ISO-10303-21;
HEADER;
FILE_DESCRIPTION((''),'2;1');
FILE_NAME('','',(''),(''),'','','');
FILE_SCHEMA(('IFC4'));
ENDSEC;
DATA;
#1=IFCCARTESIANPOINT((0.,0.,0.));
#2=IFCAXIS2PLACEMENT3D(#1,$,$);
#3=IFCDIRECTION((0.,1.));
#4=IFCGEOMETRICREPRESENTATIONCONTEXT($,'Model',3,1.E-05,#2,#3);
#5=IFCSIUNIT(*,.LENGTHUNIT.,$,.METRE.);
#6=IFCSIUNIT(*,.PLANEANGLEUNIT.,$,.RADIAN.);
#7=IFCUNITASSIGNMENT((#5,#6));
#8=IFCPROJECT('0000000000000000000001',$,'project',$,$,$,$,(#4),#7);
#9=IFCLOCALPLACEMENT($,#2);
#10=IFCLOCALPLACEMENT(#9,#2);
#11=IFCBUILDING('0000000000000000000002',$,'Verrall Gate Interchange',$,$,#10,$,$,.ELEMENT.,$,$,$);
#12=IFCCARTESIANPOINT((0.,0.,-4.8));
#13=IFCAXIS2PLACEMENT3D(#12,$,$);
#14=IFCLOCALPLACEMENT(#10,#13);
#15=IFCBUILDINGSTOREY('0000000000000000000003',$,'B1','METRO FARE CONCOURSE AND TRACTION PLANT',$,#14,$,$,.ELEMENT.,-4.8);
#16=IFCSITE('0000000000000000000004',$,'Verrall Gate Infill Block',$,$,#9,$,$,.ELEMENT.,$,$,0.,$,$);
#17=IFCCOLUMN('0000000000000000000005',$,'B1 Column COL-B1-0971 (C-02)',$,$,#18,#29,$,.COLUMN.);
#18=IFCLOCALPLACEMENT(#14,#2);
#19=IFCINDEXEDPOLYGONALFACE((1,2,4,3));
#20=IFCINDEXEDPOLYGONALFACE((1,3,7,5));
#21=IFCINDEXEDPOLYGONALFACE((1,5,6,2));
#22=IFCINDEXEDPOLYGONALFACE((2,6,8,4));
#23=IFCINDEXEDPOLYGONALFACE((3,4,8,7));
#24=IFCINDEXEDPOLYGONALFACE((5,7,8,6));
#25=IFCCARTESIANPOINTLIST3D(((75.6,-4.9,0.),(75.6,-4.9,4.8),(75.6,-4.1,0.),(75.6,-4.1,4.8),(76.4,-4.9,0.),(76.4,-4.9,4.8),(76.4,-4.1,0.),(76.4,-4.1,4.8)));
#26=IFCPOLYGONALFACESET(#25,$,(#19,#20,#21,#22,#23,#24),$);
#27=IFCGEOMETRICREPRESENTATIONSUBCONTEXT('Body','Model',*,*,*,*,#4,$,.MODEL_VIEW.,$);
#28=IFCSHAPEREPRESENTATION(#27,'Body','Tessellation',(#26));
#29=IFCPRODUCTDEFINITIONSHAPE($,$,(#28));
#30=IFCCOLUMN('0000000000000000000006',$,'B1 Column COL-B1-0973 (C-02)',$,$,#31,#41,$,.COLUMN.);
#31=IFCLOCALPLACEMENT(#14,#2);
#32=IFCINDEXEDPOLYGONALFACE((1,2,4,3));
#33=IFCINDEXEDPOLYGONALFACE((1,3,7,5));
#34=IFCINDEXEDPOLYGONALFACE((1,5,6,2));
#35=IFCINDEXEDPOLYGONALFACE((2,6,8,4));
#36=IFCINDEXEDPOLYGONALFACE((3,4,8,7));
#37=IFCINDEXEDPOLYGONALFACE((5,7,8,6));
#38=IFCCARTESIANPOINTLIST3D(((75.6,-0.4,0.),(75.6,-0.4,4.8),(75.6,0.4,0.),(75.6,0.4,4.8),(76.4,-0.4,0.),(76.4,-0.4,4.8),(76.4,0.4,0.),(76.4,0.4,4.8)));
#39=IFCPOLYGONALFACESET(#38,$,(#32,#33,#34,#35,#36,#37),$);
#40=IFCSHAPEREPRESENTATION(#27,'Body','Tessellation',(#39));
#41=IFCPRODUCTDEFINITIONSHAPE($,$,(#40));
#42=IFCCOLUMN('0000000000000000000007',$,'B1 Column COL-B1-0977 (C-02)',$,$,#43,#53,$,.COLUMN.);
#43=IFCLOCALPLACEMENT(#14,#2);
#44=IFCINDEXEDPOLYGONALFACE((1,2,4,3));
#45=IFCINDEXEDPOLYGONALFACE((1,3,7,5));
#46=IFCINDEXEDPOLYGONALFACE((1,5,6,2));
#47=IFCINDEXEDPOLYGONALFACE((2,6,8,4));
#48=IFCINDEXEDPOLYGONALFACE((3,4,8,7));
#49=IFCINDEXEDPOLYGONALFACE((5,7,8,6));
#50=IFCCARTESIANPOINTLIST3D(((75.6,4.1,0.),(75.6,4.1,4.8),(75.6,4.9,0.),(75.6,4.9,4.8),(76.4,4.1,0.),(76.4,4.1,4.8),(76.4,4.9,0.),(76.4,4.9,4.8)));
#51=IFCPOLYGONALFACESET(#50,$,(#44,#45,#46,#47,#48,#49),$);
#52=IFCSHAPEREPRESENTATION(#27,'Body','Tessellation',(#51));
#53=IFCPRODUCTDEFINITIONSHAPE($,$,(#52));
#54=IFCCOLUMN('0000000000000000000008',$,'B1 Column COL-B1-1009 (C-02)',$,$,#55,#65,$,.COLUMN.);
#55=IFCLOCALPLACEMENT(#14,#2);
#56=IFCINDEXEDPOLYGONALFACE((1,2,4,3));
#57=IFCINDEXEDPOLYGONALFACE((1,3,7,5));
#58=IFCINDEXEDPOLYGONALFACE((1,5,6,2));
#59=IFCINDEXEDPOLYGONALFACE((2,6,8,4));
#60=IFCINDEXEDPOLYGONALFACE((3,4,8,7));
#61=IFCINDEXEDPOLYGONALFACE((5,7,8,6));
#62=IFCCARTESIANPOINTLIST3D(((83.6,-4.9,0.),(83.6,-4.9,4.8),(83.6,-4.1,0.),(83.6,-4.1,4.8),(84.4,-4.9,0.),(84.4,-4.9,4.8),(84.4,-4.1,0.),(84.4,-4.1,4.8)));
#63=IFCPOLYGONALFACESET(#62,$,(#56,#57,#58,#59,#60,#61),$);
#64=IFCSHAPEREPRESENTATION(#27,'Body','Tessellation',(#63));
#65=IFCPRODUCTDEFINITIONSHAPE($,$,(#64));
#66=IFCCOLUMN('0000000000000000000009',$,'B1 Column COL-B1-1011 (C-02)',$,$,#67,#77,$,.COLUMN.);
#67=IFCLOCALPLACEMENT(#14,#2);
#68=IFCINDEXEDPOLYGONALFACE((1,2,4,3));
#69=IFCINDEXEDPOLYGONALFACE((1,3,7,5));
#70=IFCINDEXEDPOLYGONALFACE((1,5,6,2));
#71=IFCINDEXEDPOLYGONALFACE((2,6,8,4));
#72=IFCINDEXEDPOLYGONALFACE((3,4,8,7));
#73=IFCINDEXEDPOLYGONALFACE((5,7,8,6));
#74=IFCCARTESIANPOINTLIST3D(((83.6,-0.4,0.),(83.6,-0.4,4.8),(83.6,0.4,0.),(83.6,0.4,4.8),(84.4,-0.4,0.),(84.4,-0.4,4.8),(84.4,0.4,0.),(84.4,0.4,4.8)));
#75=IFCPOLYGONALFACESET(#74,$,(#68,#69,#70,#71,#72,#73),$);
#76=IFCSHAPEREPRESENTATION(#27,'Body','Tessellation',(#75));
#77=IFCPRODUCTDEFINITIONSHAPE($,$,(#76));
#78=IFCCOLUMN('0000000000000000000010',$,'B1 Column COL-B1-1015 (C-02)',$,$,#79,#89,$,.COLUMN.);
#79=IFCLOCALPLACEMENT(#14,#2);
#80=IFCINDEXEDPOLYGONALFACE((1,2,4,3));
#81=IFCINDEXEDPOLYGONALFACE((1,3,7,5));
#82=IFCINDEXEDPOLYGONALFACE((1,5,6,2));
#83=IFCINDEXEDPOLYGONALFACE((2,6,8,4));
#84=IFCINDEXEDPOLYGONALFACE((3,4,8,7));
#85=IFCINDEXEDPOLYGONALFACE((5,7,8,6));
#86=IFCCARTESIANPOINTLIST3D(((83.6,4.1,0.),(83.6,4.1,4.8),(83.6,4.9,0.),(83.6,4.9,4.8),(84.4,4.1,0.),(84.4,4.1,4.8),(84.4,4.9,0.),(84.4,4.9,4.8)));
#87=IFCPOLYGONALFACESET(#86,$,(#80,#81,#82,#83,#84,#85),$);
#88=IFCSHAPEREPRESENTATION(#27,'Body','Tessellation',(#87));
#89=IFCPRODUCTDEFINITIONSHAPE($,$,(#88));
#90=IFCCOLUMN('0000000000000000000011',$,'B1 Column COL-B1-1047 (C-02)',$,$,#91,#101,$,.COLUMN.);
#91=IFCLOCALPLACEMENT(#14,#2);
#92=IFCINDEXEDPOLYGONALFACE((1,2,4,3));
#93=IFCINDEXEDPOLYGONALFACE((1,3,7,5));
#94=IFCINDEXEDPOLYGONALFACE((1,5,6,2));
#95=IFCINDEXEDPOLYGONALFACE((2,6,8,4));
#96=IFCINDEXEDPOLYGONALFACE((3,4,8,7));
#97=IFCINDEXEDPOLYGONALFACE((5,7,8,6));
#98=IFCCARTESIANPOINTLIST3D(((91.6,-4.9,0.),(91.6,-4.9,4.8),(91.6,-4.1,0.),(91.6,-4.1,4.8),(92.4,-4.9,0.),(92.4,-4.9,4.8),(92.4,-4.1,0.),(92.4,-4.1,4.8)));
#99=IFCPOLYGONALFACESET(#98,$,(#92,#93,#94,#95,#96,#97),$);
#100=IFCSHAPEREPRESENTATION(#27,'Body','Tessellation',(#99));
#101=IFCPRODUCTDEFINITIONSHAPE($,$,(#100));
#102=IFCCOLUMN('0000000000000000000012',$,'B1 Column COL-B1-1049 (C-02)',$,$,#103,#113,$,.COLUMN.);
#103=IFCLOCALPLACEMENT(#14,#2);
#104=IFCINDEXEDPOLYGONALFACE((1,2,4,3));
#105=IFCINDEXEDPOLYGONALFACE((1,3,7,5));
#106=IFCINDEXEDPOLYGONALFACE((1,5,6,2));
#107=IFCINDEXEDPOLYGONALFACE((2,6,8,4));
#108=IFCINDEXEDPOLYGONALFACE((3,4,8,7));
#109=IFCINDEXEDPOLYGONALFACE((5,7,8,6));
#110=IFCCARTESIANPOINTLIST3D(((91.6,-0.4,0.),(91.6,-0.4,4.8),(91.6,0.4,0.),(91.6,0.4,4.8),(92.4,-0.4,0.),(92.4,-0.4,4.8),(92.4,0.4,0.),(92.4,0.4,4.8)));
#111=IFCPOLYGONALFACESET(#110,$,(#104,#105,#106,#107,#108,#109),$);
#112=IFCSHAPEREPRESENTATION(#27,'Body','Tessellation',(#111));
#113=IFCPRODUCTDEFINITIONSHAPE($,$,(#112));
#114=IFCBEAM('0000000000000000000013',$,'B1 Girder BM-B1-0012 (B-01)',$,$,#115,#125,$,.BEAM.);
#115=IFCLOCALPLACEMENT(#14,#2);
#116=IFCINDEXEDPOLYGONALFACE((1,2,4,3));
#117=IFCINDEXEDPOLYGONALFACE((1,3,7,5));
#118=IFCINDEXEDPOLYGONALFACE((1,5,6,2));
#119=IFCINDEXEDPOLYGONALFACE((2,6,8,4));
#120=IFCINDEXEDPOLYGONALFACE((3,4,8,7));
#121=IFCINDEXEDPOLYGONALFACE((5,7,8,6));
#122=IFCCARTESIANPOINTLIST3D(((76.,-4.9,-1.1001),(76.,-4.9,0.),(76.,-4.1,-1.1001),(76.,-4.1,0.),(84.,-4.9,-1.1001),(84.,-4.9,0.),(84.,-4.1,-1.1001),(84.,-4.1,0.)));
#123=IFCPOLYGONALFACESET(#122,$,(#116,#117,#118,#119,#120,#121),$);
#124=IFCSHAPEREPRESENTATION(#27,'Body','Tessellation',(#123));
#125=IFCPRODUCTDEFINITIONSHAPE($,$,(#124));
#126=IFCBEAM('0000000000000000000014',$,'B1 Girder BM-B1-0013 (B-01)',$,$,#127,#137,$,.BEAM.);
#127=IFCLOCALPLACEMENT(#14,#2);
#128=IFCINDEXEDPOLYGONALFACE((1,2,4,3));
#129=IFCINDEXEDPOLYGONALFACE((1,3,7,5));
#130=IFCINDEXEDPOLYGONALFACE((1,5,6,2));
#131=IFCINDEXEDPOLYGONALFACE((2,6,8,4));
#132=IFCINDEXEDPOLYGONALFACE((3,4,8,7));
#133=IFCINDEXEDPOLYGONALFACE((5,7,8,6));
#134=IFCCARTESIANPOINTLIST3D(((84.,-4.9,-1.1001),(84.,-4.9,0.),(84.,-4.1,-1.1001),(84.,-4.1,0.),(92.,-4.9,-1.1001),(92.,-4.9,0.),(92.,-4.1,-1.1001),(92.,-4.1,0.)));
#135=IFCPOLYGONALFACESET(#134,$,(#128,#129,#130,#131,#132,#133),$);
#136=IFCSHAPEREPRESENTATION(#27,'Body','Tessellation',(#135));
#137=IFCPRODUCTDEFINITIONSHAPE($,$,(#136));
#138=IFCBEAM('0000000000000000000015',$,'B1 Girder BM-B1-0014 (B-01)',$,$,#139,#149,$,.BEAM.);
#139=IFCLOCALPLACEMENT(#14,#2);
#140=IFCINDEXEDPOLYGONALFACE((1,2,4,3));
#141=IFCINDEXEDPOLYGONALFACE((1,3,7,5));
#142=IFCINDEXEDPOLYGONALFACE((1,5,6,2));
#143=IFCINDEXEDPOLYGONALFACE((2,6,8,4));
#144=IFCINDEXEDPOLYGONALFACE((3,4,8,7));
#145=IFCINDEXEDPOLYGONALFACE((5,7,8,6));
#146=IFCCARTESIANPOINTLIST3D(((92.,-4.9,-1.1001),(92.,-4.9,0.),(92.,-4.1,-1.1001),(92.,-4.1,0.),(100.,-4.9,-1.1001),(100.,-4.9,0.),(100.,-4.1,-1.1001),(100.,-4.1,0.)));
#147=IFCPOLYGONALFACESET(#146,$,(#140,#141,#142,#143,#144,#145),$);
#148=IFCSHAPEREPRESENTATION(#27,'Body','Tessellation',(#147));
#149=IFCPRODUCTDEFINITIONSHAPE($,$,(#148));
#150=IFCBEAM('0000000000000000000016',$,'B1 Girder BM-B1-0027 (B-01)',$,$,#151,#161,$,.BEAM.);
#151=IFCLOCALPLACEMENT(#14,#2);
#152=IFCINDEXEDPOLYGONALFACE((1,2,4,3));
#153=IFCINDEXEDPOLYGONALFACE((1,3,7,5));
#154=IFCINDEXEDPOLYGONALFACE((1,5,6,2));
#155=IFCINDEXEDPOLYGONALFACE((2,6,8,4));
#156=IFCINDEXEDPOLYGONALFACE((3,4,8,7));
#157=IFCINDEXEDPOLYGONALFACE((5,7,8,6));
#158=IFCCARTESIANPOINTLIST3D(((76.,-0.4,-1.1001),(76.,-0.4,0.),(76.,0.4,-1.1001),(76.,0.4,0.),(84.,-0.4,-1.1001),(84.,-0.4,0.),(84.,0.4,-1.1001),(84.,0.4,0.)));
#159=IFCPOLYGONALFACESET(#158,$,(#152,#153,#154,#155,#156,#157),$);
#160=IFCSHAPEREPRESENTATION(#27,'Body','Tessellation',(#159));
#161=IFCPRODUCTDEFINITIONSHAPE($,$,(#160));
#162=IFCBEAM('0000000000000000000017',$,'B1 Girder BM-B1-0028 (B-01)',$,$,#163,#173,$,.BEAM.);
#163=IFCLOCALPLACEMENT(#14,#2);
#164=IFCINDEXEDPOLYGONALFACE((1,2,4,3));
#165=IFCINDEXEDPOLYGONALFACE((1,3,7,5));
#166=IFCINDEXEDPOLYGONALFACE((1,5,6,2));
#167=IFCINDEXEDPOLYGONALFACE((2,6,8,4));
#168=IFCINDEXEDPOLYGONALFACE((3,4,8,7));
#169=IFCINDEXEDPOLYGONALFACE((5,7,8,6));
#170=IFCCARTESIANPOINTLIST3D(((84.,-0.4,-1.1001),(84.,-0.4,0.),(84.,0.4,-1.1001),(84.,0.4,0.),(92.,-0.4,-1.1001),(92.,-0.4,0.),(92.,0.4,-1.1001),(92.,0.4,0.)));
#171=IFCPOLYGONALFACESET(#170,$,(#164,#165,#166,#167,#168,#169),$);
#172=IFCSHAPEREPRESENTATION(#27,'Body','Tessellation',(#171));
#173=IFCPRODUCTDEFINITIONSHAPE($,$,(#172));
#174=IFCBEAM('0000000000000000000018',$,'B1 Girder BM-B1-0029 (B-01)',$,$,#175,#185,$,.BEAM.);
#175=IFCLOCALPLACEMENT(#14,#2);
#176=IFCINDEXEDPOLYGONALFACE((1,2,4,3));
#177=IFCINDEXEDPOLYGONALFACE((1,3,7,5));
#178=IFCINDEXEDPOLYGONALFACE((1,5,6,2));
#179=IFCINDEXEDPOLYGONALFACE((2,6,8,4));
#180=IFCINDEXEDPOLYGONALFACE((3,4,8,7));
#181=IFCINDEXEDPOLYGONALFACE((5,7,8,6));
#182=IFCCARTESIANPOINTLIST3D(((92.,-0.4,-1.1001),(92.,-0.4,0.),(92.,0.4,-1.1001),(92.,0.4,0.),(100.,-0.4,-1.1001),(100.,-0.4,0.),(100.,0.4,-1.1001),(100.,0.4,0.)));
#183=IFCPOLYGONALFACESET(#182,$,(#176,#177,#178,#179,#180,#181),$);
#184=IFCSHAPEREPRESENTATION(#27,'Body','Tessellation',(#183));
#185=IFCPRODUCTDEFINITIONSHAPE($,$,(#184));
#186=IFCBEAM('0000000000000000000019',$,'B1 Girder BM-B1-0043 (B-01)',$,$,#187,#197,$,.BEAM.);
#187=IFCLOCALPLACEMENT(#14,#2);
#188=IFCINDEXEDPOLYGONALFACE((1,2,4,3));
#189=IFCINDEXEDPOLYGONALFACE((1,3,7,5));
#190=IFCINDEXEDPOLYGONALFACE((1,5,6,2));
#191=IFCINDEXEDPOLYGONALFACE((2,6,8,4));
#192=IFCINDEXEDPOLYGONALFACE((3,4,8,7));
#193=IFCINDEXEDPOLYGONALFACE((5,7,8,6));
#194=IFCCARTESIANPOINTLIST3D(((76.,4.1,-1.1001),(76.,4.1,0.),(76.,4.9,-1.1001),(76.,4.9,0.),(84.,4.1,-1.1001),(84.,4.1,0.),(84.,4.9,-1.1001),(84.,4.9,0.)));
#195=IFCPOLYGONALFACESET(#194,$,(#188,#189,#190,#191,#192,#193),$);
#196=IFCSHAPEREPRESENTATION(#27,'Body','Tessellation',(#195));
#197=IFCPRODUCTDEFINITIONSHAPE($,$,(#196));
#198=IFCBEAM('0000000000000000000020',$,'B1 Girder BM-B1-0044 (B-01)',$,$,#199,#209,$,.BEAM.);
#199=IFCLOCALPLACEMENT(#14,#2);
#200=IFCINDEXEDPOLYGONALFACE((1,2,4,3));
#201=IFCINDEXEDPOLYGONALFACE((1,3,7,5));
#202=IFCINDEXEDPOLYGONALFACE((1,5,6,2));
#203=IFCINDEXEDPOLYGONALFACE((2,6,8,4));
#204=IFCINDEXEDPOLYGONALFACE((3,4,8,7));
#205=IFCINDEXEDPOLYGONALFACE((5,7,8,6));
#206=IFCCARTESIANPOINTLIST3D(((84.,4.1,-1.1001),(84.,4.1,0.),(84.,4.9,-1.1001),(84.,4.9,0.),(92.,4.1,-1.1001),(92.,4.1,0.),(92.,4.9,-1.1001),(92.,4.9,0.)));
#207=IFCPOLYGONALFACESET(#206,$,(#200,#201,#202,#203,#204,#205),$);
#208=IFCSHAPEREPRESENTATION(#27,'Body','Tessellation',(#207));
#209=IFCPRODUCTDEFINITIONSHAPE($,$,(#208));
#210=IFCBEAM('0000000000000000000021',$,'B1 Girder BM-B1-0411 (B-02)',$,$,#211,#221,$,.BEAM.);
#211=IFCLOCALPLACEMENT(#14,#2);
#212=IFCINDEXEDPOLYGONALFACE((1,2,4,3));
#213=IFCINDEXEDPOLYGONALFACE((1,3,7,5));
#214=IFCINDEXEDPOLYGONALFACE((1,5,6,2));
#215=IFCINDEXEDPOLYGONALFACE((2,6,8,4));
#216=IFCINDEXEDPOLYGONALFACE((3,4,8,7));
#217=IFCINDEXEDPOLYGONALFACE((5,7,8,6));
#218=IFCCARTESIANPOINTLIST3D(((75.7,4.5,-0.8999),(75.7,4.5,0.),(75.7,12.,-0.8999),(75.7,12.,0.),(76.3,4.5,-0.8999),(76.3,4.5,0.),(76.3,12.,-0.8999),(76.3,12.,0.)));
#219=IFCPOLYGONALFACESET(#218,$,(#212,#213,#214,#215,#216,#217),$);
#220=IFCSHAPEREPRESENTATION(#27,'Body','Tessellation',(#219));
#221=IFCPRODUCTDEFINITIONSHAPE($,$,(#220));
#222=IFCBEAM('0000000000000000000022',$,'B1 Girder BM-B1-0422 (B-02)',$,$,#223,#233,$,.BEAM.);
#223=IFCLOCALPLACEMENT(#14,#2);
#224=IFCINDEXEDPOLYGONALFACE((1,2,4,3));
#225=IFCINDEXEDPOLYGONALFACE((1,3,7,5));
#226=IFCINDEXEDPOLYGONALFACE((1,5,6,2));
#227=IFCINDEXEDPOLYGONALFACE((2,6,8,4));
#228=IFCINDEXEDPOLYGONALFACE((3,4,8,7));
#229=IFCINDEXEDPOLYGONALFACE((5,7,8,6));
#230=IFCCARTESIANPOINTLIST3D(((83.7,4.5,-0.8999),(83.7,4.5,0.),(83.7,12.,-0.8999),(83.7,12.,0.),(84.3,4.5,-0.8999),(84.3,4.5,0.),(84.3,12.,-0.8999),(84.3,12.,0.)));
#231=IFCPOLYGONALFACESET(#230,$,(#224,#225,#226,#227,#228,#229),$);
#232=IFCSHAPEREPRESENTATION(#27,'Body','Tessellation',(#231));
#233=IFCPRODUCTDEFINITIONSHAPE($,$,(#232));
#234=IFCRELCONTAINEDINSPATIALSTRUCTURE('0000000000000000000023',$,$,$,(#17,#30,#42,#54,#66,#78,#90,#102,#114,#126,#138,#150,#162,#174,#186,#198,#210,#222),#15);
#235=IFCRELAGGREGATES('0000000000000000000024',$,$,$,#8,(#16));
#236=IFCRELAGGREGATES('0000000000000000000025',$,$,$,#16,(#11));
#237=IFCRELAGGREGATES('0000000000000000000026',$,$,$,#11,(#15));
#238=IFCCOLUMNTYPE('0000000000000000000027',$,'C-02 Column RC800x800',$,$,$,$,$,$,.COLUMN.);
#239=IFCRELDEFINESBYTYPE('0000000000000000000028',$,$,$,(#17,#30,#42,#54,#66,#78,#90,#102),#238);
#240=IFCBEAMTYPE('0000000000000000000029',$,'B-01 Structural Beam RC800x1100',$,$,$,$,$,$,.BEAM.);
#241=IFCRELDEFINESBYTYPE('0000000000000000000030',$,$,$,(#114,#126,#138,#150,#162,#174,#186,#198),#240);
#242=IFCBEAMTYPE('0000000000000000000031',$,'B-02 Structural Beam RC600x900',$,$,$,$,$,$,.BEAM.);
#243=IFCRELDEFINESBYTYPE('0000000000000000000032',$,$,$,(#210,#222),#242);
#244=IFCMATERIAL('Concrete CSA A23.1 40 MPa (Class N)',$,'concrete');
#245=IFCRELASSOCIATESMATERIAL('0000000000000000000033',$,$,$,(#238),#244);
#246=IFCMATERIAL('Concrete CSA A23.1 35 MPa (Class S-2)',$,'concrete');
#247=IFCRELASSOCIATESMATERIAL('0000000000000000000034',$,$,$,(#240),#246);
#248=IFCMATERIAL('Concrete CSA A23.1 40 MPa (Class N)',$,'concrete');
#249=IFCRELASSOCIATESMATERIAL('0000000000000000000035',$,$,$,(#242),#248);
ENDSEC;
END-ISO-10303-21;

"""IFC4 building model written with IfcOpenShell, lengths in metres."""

from ifc_helpers import new_model, si_unit, direction, frame, origin, origin_2d, place, context, subcontext, project, spatial, rectangle, extrude, material, material_profile, profile_set, type_object, element, save


model = new_model("IFC4")

# Units and contexts
model_context = context("Model", 3, precision=1e-05, world=origin(), true_north=direction((0.0, 1.0)))
body_context = subcontext(model_context, "Body", "Model", "MODEL_VIEW")
ifc_project = project(units=[si_unit("LENGTHUNIT", "METRE"), si_unit("PLANEANGLEUNIT", "RADIAN")], contexts=[model_context])

# Site, building, storey
site_placement = place(None, origin())
site = spatial("IfcSite", under=ifc_project, at=site_placement, Name="Verrall Gate Infill Block", CompositionType="ELEMENT", RefElevation=0.0)
building_placement = place(site_placement, origin())
building = spatial("IfcBuilding", under=site, at=building_placement, Name="Verrall Gate Interchange", CompositionType="ELEMENT")
storey_placement = place(building_placement, frame((0.0, 0.0, -4.8)))
storey = spatial("IfcBuildingStorey", under=building, at=storey_placement, Name="B1", Description="METRO FARE CONCOURSE AND TRACTION PLANT", CompositionType="ELEMENT", Elevation=-4.8)

# Columns
ifc_material_1 = material(Name="Concrete CSA A23.1 40 MPa (Class N)", Category="concrete")
ifc_material_profile_1 = material_profile(ifc_material_1, rectangle(XDim=0.8, YDim=0.8, at=origin_2d()), Name="RC800x800")
ifc_profile_set_1 = profile_set([ifc_material_profile_1], Name="Concrete CSA A23.1 40 MPa (Class N)")
column_type = type_object("IfcColumnType", Name="C-02 Column RC800x800", PredefinedType="COLUMN", material=ifc_profile_set_1)
for number, where, z_axis, x_axis, name in (
    (1, (76.0, -4.5, 0.0), (0.0, 0.0, 1.0), (1.0, 0.0, 0.0), "B1 Column COL-B1-0971 (C-02)"),
    (2, (76.0, 0.0, 0.0), (0.0, 0.0, 1.0), (1.0, 0.0, 0.0), "B1 Column COL-B1-0973 (C-02)"),
    (3, (76.0, 4.5, 0.0), (0.0, 0.0, 1.0), (1.0, 0.0, 0.0), "B1 Column COL-B1-0977 (C-02)"),
    (4, (84.0, -4.5, 0.0), (0.0, 0.0, 1.0), (1.0, 0.0, 0.0), "B1 Column COL-B1-1009 (C-02)"),
    (5, (84.0, 0.0, 0.0), (0.0, 0.0, 1.0), (1.0, 0.0, 0.0), "B1 Column COL-B1-1011 (C-02)"),
    (6, (84.0, 4.5, 0.0), (0.0, 0.0, 1.0), (1.0, 0.0, 0.0), "B1 Column COL-B1-1015 (C-02)"),
    (7, (92.0, -4.5, 0.0), (0.0, 0.0, 1.0), (1.0, 0.0, 0.0), "B1 Column COL-B1-1047 (C-02)"),
    (8, (92.0, 0.0, 0.0), (0.0, 0.0, 1.0), (1.0, 0.0, 0.0), "B1 Column COL-B1-1049 (C-02)"),
):
    element("IfcColumn", number, at=place(storey_placement, frame(where, z_axis=z_axis, x_axis=x_axis)), inside=storey, type_object=column_type, Name=name, PredefinedType="COLUMN", context=body_context, shape_type="SweptSolid", body=[
        extrude(rectangle(XDim=0.8, YDim=0.8, at=origin_2d()), origin(), (0.0, 0.0, 1.0), 4.8),
    ])

# Beams
ifc_material_2 = material(Name="Concrete CSA A23.1 35 MPa (Class S-2)", Category="concrete")
ifc_material_profile_2 = material_profile(ifc_material_2, rectangle(XDim=0.8, YDim=1.1001, at=origin_2d()), Name="RC800x1100")
ifc_profile_set_2 = profile_set([ifc_material_profile_2], Name="Concrete CSA A23.1 35 MPa (Class S-2)")
beam_type_1 = type_object("IfcBeamType", Name="B-01 Structural Beam RC800x1100", PredefinedType="BEAM", material=ifc_profile_set_2)
for number, where, z_axis, x_axis, name in (
    (9, (76.0, -4.5, -0.55), (1.0, 0.0, 0.0), (0.0, 1.0, 0.0), "B1 Girder BM-B1-0012 (B-01)"),
    (10, (84.0, -4.5, -0.55), (1.0, 0.0, 0.0), (0.0, 1.0, 0.0), "B1 Girder BM-B1-0013 (B-01)"),
    (11, (92.0, -4.5, -0.55), (1.0, 0.0, 0.0), (0.0, 1.0, 0.0), "B1 Girder BM-B1-0014 (B-01)"),
    (12, (76.0, 0.0, -0.55), (1.0, 0.0, 0.0), (0.0, 1.0, 0.0), "B1 Girder BM-B1-0027 (B-01)"),
    (13, (84.0, 0.0, -0.55), (1.0, 0.0, 0.0), (0.0, 1.0, 0.0), "B1 Girder BM-B1-0028 (B-01)"),
    (14, (92.0, 0.0, -0.55), (1.0, 0.0, 0.0), (0.0, 1.0, 0.0), "B1 Girder BM-B1-0029 (B-01)"),
    (15, (76.0, 4.5, -0.55), (1.0, 0.0, 0.0), (0.0, 1.0, 0.0), "B1 Girder BM-B1-0043 (B-01)"),
    (16, (84.0, 4.5, -0.55), (1.0, 0.0, 0.0), (0.0, 1.0, 0.0), "B1 Girder BM-B1-0044 (B-01)"),
):
    element("IfcBeam", number, at=place(storey_placement, frame(where, z_axis=z_axis, x_axis=x_axis)), inside=storey, type_object=beam_type_1, Name=name, PredefinedType="BEAM", context=body_context, shape_type="SweptSolid", body=[
        extrude(rectangle(XDim=0.8, YDim=1.1001, at=origin_2d()), origin(), (0.0, 0.0, 1.0), 8.0),
    ])
ifc_material_3 = material(Name="Concrete CSA A23.1 40 MPa (Class N)", Category="concrete")
ifc_material_profile_3 = material_profile(ifc_material_3, rectangle(XDim=0.6001, YDim=0.8999, at=origin_2d()), Name="RC600x900")
ifc_profile_set_3 = profile_set([ifc_material_profile_3], Name="Concrete CSA A23.1 40 MPa (Class N)")
beam_type_2 = type_object("IfcBeamType", Name="B-02 Structural Beam RC600x900", PredefinedType="BEAM", material=ifc_profile_set_3)
for number, where, z_axis, x_axis, name in (
    (17, (76.0, 4.5, -0.45), (0.0, 1.0, 0.0), (-1.0, 0.0, 0.0), "B1 Girder BM-B1-0411 (B-02)"),
    (18, (84.0, 4.5, -0.45), (0.0, 1.0, 0.0), (-1.0, 0.0, 0.0), "B1 Girder BM-B1-0422 (B-02)"),
):
    element("IfcBeam", number, at=place(storey_placement, frame(where, z_axis=z_axis, x_axis=x_axis)), inside=storey, type_object=beam_type_2, Name=name, PredefinedType="BEAM", context=body_context, shape_type="SweptSolid", body=[
        extrude(rectangle(XDim=0.6001, YDim=0.8999, at=origin_2d()), origin(), (0.0, 0.0, 1.0), 7.5),
    ])

save(model, "model.ifc")
